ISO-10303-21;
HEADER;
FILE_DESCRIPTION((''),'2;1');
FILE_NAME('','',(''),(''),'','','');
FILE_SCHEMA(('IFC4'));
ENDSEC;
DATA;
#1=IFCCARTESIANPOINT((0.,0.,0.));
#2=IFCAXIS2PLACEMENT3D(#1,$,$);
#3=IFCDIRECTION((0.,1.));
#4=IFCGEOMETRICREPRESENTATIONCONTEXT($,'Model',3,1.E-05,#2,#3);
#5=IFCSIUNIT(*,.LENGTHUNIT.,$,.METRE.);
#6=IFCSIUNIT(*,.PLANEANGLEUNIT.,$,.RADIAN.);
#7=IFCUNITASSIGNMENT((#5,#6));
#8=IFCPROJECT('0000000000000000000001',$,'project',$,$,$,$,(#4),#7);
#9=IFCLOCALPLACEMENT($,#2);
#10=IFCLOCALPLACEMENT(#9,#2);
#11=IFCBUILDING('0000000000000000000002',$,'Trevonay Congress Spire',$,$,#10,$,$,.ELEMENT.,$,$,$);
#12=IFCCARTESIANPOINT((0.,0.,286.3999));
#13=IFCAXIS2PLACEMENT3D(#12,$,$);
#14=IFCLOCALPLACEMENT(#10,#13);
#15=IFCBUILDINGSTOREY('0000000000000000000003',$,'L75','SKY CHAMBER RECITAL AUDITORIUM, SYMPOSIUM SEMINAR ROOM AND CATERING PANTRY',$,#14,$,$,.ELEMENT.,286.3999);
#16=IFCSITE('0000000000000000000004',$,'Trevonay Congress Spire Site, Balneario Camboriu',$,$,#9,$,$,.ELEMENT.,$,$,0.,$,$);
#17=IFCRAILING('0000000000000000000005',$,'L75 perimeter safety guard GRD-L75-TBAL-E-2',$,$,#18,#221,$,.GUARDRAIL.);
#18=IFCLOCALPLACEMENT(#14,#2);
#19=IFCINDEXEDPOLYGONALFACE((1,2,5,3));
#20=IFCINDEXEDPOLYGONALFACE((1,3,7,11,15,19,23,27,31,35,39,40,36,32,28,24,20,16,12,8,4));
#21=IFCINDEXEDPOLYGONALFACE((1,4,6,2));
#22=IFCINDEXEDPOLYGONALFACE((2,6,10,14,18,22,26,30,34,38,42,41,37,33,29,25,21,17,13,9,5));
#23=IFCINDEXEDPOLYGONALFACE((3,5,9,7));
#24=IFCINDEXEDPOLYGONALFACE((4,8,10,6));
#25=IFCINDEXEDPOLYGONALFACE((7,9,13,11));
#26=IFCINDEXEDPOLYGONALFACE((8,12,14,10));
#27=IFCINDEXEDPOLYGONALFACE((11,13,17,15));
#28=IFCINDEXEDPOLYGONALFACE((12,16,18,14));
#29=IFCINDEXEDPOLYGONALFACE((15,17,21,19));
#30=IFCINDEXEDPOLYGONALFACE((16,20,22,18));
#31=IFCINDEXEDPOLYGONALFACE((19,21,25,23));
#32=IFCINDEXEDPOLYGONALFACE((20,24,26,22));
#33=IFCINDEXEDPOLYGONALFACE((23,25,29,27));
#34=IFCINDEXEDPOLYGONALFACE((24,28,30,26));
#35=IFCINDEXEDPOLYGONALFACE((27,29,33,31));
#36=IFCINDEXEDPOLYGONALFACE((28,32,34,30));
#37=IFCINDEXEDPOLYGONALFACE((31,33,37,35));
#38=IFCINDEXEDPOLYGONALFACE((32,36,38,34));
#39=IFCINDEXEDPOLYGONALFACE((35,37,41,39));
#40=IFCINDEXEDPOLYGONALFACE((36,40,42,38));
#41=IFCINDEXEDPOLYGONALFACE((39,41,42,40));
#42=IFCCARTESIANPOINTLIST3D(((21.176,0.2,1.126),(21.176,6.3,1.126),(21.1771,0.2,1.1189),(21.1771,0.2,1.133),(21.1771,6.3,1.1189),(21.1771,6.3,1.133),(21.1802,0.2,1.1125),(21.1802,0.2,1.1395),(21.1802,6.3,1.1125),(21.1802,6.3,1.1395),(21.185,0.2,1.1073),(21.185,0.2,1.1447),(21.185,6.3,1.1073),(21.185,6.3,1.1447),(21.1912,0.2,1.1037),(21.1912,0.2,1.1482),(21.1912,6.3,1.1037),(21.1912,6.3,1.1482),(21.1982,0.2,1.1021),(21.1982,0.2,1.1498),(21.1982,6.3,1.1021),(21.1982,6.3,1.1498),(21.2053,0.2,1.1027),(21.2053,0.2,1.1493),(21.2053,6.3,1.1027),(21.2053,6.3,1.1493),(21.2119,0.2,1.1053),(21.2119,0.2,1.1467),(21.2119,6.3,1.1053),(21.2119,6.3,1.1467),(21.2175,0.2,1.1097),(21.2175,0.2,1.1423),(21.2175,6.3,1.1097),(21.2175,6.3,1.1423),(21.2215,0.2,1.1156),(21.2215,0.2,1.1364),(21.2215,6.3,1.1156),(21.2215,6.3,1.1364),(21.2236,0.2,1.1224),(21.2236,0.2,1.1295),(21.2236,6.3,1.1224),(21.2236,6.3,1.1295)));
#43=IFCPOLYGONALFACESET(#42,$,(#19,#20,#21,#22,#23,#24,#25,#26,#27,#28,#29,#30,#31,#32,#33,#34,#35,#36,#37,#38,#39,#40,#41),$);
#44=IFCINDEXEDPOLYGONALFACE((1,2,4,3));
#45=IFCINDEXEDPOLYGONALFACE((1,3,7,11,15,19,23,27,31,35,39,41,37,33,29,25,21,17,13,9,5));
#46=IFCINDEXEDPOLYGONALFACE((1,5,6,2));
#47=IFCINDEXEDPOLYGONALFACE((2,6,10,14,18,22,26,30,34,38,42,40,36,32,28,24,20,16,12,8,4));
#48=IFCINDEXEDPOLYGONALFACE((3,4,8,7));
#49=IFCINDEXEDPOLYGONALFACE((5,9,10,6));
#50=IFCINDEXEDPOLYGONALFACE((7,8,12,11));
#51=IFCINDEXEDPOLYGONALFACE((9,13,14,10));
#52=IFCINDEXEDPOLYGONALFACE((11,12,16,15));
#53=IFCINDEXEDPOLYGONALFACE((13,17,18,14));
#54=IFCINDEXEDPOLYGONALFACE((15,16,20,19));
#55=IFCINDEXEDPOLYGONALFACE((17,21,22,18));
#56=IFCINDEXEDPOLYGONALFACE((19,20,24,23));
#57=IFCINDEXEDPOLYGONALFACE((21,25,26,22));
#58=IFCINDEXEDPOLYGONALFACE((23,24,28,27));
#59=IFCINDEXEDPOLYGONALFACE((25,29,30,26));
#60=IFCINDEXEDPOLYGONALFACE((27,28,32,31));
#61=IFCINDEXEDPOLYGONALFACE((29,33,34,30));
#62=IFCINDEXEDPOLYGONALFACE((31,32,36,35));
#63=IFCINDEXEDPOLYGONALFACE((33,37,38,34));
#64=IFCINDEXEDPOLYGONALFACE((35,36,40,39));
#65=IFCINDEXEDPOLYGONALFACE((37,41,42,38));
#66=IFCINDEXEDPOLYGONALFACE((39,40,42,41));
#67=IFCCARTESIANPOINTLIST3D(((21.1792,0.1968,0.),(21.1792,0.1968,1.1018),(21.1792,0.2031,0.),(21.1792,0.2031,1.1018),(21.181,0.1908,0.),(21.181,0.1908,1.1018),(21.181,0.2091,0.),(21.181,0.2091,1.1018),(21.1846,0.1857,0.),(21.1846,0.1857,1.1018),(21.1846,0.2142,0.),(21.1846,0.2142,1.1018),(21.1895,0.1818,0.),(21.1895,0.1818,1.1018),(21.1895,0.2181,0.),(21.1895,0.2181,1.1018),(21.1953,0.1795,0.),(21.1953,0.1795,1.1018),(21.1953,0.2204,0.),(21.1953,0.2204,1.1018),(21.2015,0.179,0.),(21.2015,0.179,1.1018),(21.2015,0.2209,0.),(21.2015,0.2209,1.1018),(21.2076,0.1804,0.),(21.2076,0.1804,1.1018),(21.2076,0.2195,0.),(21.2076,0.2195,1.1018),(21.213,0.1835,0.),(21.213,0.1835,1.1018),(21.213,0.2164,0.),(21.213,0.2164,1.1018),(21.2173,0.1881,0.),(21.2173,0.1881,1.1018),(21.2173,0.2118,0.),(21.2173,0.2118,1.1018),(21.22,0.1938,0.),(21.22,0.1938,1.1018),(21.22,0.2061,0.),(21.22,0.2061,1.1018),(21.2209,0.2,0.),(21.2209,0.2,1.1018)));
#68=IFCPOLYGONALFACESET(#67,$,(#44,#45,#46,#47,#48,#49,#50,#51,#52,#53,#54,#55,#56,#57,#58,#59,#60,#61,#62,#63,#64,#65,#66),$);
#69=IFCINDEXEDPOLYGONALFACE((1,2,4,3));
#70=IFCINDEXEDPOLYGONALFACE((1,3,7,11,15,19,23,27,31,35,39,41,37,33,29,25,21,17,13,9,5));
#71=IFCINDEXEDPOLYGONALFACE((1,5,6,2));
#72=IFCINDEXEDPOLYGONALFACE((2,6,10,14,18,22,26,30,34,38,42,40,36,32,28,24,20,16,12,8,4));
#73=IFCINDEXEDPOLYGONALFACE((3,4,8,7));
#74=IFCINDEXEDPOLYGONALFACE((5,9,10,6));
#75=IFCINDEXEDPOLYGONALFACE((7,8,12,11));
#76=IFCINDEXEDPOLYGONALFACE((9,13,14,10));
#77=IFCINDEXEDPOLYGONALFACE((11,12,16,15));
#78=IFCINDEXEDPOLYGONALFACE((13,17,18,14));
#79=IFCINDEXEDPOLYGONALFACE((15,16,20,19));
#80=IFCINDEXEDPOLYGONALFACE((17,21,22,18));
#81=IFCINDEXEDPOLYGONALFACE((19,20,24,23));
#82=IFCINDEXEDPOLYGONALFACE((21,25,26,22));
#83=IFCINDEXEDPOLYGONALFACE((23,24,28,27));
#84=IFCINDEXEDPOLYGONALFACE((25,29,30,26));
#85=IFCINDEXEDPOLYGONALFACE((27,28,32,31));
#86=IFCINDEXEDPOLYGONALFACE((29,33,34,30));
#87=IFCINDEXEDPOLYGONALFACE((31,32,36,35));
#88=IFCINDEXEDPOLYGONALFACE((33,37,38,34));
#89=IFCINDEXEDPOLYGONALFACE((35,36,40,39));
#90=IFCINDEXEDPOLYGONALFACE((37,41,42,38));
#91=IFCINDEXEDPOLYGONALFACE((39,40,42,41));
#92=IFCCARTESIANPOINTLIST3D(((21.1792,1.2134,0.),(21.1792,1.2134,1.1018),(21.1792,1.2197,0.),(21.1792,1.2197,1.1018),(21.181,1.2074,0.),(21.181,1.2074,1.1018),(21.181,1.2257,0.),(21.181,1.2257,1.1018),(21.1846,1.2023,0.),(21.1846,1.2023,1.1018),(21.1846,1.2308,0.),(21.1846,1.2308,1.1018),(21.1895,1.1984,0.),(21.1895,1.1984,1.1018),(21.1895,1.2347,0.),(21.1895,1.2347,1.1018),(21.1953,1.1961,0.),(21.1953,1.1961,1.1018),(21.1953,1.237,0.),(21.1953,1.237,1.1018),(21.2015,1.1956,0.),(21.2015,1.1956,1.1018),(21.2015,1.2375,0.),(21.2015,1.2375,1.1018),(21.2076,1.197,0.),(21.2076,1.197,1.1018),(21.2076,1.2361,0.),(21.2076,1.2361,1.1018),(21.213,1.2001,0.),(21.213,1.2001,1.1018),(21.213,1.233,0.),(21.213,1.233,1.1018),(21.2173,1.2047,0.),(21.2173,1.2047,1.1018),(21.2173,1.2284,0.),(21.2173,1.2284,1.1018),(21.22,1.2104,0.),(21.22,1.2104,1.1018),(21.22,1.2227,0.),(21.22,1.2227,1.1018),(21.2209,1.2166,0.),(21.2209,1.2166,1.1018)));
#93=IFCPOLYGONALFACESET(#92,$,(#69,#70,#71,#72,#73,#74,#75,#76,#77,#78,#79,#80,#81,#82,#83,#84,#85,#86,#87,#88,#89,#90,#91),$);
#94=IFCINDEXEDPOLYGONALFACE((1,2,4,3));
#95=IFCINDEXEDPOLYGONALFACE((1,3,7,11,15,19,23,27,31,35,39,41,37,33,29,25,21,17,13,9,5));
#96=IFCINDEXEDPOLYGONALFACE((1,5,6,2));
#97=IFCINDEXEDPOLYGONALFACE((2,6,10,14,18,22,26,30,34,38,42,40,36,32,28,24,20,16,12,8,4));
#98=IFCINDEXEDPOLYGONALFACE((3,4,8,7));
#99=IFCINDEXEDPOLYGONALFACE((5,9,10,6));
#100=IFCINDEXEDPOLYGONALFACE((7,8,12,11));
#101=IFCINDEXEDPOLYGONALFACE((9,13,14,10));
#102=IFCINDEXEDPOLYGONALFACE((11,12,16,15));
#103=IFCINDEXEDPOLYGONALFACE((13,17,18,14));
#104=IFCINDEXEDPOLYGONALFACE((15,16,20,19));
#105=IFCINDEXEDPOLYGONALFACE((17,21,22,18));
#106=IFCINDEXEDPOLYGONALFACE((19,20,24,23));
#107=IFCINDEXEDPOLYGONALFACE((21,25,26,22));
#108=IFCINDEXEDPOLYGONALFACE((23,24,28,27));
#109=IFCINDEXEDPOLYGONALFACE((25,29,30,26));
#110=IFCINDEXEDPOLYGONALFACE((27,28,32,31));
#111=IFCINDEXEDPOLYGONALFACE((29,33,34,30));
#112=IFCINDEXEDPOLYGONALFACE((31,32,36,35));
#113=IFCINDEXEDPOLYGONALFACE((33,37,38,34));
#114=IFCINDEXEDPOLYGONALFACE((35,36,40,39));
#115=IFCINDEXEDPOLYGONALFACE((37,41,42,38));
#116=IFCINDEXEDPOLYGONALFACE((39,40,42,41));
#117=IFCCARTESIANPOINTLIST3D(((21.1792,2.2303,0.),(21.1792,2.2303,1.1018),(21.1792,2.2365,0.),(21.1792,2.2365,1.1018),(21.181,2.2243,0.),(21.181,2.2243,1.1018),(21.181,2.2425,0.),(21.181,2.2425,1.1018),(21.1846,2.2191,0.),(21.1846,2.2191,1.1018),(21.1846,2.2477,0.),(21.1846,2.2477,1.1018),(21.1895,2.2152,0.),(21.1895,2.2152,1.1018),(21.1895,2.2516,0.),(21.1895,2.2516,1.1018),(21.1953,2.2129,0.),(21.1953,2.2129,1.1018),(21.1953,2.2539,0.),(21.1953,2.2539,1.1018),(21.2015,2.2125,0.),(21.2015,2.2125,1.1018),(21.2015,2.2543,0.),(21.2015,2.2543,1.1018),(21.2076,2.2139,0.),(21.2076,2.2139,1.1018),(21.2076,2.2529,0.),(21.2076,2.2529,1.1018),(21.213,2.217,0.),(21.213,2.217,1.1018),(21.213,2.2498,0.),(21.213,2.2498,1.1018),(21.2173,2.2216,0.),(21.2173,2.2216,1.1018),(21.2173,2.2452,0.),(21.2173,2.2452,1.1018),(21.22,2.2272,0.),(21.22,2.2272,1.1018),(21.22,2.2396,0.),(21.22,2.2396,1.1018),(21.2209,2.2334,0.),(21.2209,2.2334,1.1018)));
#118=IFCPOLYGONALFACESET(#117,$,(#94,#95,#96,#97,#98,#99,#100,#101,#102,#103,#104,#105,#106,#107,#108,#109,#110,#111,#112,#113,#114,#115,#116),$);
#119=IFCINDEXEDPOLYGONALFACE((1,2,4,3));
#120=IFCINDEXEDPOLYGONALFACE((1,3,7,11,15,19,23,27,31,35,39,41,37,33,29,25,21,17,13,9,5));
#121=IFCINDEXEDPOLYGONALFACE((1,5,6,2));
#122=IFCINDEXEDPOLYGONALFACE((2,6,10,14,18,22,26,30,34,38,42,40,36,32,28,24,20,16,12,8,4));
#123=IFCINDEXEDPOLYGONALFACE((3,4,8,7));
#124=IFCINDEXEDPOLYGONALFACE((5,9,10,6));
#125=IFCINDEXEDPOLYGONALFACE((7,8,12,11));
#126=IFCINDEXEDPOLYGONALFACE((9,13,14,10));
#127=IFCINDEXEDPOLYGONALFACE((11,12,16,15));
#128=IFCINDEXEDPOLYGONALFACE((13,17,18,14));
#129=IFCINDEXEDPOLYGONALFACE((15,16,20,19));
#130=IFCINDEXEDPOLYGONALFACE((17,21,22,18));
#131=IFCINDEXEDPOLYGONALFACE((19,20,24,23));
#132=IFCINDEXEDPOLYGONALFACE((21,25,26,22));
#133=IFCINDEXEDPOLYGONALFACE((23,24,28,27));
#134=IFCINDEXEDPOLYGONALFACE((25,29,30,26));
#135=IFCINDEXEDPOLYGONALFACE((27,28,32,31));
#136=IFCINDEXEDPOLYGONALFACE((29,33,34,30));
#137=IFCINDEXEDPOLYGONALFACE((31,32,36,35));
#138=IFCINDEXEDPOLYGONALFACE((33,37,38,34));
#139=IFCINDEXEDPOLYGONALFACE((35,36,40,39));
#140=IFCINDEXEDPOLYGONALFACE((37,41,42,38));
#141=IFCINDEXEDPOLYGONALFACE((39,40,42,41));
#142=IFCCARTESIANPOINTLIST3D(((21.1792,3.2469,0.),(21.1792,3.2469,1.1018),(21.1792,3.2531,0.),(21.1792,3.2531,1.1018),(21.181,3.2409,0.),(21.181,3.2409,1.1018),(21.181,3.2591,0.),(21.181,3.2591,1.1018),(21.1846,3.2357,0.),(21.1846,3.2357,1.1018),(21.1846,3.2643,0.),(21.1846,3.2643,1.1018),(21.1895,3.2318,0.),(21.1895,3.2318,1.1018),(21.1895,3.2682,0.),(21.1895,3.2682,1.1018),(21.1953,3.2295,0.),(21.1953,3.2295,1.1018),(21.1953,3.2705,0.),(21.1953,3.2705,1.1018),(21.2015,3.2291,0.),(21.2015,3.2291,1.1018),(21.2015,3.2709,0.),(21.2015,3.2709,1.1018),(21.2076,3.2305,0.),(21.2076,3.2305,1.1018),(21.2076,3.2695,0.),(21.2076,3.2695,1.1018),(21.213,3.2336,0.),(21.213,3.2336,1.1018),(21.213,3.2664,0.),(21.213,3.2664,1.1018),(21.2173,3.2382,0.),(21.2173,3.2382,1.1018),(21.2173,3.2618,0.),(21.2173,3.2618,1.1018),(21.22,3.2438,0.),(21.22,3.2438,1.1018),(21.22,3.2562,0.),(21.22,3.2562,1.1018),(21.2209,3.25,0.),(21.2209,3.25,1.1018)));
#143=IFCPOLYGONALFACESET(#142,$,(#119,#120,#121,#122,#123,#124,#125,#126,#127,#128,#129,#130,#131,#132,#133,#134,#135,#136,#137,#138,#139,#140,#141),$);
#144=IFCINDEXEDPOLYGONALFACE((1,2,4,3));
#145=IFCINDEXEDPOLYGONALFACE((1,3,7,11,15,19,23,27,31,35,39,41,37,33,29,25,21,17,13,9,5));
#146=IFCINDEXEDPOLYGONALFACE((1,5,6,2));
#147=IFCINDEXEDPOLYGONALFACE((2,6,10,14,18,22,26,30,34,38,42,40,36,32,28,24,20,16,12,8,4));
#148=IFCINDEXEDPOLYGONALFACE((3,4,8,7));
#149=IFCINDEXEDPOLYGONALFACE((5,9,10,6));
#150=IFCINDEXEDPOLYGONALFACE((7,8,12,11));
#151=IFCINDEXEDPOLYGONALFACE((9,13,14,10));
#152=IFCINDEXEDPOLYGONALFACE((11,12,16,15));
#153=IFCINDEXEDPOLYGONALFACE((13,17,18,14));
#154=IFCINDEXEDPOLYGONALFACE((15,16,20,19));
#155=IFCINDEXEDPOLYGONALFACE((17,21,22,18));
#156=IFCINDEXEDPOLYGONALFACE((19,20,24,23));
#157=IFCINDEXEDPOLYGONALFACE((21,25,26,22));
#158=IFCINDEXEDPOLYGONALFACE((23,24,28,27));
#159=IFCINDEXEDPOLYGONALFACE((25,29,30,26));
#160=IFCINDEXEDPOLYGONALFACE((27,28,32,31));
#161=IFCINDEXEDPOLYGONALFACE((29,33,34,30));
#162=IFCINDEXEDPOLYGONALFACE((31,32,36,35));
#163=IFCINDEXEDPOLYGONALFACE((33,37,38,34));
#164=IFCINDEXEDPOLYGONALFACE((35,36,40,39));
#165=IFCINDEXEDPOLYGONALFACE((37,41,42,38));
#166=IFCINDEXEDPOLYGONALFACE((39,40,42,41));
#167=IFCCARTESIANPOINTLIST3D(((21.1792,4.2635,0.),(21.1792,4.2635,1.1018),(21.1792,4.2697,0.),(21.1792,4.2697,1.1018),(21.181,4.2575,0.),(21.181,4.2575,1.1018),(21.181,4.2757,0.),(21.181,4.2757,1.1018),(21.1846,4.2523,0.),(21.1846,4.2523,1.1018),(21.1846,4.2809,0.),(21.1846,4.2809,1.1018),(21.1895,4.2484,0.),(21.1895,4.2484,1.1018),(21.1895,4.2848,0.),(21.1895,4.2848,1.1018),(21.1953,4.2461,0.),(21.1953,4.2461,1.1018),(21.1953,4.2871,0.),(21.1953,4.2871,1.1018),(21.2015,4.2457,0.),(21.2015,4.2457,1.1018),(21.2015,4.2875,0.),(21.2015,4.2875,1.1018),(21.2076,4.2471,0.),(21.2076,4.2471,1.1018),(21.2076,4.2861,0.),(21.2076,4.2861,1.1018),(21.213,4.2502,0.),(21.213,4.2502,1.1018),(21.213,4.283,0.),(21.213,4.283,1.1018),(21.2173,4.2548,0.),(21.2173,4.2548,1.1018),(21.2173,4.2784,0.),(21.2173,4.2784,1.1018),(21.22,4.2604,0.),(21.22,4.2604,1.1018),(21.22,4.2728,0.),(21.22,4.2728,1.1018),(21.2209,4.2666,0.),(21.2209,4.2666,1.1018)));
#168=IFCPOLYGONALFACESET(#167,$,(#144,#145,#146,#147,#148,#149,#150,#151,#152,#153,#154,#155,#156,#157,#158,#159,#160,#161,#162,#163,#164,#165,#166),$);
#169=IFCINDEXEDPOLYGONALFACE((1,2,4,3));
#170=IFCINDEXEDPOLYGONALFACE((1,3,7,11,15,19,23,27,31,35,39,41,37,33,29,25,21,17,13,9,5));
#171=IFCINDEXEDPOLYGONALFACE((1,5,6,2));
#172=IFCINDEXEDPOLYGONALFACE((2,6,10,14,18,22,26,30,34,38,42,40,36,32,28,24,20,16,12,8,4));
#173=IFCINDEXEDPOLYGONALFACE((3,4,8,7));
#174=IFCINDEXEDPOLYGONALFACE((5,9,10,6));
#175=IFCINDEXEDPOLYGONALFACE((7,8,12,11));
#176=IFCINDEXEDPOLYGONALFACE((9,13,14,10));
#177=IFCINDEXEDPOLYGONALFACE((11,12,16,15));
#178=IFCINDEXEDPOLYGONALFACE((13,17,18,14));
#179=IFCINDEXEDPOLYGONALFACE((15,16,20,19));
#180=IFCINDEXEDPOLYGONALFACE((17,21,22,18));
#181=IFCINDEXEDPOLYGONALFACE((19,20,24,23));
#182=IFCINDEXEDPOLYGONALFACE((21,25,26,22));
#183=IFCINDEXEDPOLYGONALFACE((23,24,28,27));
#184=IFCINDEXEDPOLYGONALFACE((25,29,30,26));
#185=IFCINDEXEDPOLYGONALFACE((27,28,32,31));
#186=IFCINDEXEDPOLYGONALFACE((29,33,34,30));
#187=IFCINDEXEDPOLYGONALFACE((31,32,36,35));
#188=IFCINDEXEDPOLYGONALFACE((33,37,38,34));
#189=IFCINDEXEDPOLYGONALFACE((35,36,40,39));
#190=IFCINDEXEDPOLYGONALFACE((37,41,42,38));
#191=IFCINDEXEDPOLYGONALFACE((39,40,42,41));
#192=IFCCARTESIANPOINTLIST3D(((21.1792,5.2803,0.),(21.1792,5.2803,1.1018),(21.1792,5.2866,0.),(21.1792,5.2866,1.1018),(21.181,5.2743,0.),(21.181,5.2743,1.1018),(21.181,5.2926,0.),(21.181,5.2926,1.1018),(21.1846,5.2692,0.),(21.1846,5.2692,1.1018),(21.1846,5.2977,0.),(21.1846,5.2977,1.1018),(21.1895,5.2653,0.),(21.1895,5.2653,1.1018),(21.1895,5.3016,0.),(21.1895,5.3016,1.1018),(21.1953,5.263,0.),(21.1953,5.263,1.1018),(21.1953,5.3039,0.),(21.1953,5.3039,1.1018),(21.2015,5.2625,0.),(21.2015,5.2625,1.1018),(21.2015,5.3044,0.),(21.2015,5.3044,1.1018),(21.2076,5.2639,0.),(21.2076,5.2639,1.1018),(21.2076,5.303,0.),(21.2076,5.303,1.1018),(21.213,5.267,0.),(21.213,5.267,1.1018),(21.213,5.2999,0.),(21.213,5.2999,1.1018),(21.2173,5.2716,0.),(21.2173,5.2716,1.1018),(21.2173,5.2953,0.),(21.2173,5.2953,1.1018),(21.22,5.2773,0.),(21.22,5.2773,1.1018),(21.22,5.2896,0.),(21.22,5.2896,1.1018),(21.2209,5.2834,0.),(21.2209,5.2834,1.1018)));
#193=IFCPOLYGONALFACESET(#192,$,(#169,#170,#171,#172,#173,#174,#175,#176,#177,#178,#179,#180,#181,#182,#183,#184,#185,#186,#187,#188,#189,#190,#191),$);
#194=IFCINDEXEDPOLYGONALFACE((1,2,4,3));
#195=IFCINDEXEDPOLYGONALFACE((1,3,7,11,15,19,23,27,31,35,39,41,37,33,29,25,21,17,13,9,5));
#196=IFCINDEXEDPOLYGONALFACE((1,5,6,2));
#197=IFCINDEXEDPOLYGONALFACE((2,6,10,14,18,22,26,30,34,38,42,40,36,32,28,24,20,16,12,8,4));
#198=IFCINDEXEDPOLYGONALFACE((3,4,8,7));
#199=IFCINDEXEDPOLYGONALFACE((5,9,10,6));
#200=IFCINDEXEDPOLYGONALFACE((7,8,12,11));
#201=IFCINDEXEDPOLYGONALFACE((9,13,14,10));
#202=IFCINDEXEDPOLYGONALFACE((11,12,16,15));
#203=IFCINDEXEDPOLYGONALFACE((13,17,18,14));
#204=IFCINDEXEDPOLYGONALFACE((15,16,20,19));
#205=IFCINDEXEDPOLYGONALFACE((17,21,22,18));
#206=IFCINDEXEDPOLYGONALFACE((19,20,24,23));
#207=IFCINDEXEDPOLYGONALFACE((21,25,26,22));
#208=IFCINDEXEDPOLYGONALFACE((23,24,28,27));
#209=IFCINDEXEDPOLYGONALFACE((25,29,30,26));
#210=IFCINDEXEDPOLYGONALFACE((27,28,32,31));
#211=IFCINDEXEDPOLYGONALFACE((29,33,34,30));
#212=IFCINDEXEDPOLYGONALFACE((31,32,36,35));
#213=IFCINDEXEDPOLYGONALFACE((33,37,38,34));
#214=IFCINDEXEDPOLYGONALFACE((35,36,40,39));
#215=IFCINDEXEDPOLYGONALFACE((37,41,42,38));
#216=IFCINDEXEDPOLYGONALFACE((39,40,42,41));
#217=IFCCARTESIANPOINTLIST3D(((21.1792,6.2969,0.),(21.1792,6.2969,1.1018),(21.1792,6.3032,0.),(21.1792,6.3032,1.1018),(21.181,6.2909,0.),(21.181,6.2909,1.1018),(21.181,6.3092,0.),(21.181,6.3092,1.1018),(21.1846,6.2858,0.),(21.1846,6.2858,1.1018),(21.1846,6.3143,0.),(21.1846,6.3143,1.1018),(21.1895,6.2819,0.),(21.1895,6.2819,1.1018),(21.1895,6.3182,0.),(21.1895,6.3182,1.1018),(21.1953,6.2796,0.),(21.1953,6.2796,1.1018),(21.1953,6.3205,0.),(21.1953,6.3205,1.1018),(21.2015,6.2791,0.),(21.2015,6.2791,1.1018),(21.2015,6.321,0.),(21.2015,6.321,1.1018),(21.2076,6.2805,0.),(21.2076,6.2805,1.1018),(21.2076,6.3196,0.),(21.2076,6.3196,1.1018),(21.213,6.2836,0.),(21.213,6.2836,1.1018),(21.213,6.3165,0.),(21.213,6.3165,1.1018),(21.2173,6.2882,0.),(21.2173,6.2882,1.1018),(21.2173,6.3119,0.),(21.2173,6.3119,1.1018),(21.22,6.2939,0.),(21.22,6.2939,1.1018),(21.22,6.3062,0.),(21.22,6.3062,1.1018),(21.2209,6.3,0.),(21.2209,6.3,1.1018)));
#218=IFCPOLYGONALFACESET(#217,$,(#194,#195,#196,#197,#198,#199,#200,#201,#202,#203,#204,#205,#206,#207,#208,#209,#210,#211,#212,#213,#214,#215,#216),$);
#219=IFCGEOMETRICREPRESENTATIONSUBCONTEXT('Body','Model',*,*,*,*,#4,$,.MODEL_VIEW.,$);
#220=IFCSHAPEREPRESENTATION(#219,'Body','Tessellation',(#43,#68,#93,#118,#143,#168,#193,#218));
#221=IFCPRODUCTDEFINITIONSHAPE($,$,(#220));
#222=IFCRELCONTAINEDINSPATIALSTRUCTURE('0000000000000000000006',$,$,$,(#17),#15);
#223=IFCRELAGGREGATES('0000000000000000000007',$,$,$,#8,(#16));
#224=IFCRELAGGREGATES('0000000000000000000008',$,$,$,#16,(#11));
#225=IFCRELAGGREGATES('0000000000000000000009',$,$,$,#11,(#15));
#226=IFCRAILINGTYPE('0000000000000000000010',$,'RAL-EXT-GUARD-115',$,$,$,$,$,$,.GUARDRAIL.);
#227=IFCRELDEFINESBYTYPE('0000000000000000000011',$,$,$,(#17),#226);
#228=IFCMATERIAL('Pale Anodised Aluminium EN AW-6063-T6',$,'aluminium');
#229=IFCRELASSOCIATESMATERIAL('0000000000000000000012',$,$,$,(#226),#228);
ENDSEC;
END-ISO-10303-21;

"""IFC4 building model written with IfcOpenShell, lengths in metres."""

from ifc_helpers import new_model, si_unit, direction, frame, origin, origin_2d, place, context, subcontext, project, spatial, circle, extrude, material, type_object, element, save


model = new_model("IFC4")

# Units and contexts
model_context = context("Model", 3, precision=1e-05, world=origin(), true_north=direction((0.0, 1.0)))
body_context = subcontext(model_context, "Body", "Model", "MODEL_VIEW")
ifc_project = project(units=[si_unit("LENGTHUNIT", "METRE"), si_unit("PLANEANGLEUNIT", "RADIAN")], contexts=[model_context])

# Site, building, storey
site_placement = place(None, origin())
site = spatial("IfcSite", under=ifc_project, at=site_placement, Name="Trevonay Congress Spire Site, Balneario Camboriu", CompositionType="ELEMENT", RefElevation=0.0)
building_placement = place(site_placement, origin())
building = spatial("IfcBuilding", under=site, at=building_placement, Name="Trevonay Congress Spire", CompositionType="ELEMENT")
storey_placement = place(building_placement, frame((0.0, 0.0, 286.3999)))
storey = spatial("IfcBuildingStorey", under=building, at=storey_placement, Name="L75", Description="SKY CHAMBER RECITAL AUDITORIUM, SYMPOSIUM SEMINAR ROOM AND CATERING PANTRY", CompositionType="ELEMENT", Elevation=286.3999)

# Shared definitions
ifc_material_1 = material(Name="Pale Anodised Aluminium EN AW-6063-T6", Category="aluminium")

# Railing
railing_type = type_object("IfcRailingType", Name="RAL-EXT-GUARD-115", PredefinedType="GUARDRAIL", material=ifc_material_1)
railing_1_placement = place(storey_placement, frame((21.2, 0.2, 0.0)))
element("IfcRailing", 1, at=railing_1_placement, inside=storey, type_object=railing_type, Name="L75 perimeter safety guard GRD-L75-TBAL-E-2", PredefinedType="GUARDRAIL", context=body_context, shape_type="SweptSolid", body=[
    extrude(circle(Radius=0.0239, at=origin_2d()), frame((0.0, 0.0, 1.126), z_axis=(0.0, 1.0, 0.0), x_axis=(-1.0, 0.0, 0.0)), (0.0, 0.0, 1.0), 6.1001),
    extrude(circle(Radius=0.021, at=origin_2d()), origin(), (0.0, 0.0, 1.0), 1.1018),
    extrude(circle(Radius=0.021, at=origin_2d()), frame((0.0, 1.0166, 0.0)), (0.0, 0.0, 1.0), 1.1018),
    extrude(circle(Radius=0.021, at=origin_2d()), frame((0.0, 2.0334, 0.0)), (0.0, 0.0, 1.0), 1.1018),
    extrude(circle(Radius=0.021, at=origin_2d()), frame((0.0, 3.05, 0.0)), (0.0, 0.0, 1.0), 1.1018),
    extrude(circle(Radius=0.021, at=origin_2d()), frame((0.0, 4.0667, 0.0)), (0.0, 0.0, 1.0), 1.1018),
    extrude(circle(Radius=0.021, at=origin_2d()), frame((0.0, 5.0835, 0.0)), (0.0, 0.0, 1.0), 1.1018),
    extrude(circle(Radius=0.021, at=origin_2d()), frame((0.0, 6.1001, 0.0)), (0.0, 0.0, 1.0), 1.1018),
])

save(model, "model.ifc")
